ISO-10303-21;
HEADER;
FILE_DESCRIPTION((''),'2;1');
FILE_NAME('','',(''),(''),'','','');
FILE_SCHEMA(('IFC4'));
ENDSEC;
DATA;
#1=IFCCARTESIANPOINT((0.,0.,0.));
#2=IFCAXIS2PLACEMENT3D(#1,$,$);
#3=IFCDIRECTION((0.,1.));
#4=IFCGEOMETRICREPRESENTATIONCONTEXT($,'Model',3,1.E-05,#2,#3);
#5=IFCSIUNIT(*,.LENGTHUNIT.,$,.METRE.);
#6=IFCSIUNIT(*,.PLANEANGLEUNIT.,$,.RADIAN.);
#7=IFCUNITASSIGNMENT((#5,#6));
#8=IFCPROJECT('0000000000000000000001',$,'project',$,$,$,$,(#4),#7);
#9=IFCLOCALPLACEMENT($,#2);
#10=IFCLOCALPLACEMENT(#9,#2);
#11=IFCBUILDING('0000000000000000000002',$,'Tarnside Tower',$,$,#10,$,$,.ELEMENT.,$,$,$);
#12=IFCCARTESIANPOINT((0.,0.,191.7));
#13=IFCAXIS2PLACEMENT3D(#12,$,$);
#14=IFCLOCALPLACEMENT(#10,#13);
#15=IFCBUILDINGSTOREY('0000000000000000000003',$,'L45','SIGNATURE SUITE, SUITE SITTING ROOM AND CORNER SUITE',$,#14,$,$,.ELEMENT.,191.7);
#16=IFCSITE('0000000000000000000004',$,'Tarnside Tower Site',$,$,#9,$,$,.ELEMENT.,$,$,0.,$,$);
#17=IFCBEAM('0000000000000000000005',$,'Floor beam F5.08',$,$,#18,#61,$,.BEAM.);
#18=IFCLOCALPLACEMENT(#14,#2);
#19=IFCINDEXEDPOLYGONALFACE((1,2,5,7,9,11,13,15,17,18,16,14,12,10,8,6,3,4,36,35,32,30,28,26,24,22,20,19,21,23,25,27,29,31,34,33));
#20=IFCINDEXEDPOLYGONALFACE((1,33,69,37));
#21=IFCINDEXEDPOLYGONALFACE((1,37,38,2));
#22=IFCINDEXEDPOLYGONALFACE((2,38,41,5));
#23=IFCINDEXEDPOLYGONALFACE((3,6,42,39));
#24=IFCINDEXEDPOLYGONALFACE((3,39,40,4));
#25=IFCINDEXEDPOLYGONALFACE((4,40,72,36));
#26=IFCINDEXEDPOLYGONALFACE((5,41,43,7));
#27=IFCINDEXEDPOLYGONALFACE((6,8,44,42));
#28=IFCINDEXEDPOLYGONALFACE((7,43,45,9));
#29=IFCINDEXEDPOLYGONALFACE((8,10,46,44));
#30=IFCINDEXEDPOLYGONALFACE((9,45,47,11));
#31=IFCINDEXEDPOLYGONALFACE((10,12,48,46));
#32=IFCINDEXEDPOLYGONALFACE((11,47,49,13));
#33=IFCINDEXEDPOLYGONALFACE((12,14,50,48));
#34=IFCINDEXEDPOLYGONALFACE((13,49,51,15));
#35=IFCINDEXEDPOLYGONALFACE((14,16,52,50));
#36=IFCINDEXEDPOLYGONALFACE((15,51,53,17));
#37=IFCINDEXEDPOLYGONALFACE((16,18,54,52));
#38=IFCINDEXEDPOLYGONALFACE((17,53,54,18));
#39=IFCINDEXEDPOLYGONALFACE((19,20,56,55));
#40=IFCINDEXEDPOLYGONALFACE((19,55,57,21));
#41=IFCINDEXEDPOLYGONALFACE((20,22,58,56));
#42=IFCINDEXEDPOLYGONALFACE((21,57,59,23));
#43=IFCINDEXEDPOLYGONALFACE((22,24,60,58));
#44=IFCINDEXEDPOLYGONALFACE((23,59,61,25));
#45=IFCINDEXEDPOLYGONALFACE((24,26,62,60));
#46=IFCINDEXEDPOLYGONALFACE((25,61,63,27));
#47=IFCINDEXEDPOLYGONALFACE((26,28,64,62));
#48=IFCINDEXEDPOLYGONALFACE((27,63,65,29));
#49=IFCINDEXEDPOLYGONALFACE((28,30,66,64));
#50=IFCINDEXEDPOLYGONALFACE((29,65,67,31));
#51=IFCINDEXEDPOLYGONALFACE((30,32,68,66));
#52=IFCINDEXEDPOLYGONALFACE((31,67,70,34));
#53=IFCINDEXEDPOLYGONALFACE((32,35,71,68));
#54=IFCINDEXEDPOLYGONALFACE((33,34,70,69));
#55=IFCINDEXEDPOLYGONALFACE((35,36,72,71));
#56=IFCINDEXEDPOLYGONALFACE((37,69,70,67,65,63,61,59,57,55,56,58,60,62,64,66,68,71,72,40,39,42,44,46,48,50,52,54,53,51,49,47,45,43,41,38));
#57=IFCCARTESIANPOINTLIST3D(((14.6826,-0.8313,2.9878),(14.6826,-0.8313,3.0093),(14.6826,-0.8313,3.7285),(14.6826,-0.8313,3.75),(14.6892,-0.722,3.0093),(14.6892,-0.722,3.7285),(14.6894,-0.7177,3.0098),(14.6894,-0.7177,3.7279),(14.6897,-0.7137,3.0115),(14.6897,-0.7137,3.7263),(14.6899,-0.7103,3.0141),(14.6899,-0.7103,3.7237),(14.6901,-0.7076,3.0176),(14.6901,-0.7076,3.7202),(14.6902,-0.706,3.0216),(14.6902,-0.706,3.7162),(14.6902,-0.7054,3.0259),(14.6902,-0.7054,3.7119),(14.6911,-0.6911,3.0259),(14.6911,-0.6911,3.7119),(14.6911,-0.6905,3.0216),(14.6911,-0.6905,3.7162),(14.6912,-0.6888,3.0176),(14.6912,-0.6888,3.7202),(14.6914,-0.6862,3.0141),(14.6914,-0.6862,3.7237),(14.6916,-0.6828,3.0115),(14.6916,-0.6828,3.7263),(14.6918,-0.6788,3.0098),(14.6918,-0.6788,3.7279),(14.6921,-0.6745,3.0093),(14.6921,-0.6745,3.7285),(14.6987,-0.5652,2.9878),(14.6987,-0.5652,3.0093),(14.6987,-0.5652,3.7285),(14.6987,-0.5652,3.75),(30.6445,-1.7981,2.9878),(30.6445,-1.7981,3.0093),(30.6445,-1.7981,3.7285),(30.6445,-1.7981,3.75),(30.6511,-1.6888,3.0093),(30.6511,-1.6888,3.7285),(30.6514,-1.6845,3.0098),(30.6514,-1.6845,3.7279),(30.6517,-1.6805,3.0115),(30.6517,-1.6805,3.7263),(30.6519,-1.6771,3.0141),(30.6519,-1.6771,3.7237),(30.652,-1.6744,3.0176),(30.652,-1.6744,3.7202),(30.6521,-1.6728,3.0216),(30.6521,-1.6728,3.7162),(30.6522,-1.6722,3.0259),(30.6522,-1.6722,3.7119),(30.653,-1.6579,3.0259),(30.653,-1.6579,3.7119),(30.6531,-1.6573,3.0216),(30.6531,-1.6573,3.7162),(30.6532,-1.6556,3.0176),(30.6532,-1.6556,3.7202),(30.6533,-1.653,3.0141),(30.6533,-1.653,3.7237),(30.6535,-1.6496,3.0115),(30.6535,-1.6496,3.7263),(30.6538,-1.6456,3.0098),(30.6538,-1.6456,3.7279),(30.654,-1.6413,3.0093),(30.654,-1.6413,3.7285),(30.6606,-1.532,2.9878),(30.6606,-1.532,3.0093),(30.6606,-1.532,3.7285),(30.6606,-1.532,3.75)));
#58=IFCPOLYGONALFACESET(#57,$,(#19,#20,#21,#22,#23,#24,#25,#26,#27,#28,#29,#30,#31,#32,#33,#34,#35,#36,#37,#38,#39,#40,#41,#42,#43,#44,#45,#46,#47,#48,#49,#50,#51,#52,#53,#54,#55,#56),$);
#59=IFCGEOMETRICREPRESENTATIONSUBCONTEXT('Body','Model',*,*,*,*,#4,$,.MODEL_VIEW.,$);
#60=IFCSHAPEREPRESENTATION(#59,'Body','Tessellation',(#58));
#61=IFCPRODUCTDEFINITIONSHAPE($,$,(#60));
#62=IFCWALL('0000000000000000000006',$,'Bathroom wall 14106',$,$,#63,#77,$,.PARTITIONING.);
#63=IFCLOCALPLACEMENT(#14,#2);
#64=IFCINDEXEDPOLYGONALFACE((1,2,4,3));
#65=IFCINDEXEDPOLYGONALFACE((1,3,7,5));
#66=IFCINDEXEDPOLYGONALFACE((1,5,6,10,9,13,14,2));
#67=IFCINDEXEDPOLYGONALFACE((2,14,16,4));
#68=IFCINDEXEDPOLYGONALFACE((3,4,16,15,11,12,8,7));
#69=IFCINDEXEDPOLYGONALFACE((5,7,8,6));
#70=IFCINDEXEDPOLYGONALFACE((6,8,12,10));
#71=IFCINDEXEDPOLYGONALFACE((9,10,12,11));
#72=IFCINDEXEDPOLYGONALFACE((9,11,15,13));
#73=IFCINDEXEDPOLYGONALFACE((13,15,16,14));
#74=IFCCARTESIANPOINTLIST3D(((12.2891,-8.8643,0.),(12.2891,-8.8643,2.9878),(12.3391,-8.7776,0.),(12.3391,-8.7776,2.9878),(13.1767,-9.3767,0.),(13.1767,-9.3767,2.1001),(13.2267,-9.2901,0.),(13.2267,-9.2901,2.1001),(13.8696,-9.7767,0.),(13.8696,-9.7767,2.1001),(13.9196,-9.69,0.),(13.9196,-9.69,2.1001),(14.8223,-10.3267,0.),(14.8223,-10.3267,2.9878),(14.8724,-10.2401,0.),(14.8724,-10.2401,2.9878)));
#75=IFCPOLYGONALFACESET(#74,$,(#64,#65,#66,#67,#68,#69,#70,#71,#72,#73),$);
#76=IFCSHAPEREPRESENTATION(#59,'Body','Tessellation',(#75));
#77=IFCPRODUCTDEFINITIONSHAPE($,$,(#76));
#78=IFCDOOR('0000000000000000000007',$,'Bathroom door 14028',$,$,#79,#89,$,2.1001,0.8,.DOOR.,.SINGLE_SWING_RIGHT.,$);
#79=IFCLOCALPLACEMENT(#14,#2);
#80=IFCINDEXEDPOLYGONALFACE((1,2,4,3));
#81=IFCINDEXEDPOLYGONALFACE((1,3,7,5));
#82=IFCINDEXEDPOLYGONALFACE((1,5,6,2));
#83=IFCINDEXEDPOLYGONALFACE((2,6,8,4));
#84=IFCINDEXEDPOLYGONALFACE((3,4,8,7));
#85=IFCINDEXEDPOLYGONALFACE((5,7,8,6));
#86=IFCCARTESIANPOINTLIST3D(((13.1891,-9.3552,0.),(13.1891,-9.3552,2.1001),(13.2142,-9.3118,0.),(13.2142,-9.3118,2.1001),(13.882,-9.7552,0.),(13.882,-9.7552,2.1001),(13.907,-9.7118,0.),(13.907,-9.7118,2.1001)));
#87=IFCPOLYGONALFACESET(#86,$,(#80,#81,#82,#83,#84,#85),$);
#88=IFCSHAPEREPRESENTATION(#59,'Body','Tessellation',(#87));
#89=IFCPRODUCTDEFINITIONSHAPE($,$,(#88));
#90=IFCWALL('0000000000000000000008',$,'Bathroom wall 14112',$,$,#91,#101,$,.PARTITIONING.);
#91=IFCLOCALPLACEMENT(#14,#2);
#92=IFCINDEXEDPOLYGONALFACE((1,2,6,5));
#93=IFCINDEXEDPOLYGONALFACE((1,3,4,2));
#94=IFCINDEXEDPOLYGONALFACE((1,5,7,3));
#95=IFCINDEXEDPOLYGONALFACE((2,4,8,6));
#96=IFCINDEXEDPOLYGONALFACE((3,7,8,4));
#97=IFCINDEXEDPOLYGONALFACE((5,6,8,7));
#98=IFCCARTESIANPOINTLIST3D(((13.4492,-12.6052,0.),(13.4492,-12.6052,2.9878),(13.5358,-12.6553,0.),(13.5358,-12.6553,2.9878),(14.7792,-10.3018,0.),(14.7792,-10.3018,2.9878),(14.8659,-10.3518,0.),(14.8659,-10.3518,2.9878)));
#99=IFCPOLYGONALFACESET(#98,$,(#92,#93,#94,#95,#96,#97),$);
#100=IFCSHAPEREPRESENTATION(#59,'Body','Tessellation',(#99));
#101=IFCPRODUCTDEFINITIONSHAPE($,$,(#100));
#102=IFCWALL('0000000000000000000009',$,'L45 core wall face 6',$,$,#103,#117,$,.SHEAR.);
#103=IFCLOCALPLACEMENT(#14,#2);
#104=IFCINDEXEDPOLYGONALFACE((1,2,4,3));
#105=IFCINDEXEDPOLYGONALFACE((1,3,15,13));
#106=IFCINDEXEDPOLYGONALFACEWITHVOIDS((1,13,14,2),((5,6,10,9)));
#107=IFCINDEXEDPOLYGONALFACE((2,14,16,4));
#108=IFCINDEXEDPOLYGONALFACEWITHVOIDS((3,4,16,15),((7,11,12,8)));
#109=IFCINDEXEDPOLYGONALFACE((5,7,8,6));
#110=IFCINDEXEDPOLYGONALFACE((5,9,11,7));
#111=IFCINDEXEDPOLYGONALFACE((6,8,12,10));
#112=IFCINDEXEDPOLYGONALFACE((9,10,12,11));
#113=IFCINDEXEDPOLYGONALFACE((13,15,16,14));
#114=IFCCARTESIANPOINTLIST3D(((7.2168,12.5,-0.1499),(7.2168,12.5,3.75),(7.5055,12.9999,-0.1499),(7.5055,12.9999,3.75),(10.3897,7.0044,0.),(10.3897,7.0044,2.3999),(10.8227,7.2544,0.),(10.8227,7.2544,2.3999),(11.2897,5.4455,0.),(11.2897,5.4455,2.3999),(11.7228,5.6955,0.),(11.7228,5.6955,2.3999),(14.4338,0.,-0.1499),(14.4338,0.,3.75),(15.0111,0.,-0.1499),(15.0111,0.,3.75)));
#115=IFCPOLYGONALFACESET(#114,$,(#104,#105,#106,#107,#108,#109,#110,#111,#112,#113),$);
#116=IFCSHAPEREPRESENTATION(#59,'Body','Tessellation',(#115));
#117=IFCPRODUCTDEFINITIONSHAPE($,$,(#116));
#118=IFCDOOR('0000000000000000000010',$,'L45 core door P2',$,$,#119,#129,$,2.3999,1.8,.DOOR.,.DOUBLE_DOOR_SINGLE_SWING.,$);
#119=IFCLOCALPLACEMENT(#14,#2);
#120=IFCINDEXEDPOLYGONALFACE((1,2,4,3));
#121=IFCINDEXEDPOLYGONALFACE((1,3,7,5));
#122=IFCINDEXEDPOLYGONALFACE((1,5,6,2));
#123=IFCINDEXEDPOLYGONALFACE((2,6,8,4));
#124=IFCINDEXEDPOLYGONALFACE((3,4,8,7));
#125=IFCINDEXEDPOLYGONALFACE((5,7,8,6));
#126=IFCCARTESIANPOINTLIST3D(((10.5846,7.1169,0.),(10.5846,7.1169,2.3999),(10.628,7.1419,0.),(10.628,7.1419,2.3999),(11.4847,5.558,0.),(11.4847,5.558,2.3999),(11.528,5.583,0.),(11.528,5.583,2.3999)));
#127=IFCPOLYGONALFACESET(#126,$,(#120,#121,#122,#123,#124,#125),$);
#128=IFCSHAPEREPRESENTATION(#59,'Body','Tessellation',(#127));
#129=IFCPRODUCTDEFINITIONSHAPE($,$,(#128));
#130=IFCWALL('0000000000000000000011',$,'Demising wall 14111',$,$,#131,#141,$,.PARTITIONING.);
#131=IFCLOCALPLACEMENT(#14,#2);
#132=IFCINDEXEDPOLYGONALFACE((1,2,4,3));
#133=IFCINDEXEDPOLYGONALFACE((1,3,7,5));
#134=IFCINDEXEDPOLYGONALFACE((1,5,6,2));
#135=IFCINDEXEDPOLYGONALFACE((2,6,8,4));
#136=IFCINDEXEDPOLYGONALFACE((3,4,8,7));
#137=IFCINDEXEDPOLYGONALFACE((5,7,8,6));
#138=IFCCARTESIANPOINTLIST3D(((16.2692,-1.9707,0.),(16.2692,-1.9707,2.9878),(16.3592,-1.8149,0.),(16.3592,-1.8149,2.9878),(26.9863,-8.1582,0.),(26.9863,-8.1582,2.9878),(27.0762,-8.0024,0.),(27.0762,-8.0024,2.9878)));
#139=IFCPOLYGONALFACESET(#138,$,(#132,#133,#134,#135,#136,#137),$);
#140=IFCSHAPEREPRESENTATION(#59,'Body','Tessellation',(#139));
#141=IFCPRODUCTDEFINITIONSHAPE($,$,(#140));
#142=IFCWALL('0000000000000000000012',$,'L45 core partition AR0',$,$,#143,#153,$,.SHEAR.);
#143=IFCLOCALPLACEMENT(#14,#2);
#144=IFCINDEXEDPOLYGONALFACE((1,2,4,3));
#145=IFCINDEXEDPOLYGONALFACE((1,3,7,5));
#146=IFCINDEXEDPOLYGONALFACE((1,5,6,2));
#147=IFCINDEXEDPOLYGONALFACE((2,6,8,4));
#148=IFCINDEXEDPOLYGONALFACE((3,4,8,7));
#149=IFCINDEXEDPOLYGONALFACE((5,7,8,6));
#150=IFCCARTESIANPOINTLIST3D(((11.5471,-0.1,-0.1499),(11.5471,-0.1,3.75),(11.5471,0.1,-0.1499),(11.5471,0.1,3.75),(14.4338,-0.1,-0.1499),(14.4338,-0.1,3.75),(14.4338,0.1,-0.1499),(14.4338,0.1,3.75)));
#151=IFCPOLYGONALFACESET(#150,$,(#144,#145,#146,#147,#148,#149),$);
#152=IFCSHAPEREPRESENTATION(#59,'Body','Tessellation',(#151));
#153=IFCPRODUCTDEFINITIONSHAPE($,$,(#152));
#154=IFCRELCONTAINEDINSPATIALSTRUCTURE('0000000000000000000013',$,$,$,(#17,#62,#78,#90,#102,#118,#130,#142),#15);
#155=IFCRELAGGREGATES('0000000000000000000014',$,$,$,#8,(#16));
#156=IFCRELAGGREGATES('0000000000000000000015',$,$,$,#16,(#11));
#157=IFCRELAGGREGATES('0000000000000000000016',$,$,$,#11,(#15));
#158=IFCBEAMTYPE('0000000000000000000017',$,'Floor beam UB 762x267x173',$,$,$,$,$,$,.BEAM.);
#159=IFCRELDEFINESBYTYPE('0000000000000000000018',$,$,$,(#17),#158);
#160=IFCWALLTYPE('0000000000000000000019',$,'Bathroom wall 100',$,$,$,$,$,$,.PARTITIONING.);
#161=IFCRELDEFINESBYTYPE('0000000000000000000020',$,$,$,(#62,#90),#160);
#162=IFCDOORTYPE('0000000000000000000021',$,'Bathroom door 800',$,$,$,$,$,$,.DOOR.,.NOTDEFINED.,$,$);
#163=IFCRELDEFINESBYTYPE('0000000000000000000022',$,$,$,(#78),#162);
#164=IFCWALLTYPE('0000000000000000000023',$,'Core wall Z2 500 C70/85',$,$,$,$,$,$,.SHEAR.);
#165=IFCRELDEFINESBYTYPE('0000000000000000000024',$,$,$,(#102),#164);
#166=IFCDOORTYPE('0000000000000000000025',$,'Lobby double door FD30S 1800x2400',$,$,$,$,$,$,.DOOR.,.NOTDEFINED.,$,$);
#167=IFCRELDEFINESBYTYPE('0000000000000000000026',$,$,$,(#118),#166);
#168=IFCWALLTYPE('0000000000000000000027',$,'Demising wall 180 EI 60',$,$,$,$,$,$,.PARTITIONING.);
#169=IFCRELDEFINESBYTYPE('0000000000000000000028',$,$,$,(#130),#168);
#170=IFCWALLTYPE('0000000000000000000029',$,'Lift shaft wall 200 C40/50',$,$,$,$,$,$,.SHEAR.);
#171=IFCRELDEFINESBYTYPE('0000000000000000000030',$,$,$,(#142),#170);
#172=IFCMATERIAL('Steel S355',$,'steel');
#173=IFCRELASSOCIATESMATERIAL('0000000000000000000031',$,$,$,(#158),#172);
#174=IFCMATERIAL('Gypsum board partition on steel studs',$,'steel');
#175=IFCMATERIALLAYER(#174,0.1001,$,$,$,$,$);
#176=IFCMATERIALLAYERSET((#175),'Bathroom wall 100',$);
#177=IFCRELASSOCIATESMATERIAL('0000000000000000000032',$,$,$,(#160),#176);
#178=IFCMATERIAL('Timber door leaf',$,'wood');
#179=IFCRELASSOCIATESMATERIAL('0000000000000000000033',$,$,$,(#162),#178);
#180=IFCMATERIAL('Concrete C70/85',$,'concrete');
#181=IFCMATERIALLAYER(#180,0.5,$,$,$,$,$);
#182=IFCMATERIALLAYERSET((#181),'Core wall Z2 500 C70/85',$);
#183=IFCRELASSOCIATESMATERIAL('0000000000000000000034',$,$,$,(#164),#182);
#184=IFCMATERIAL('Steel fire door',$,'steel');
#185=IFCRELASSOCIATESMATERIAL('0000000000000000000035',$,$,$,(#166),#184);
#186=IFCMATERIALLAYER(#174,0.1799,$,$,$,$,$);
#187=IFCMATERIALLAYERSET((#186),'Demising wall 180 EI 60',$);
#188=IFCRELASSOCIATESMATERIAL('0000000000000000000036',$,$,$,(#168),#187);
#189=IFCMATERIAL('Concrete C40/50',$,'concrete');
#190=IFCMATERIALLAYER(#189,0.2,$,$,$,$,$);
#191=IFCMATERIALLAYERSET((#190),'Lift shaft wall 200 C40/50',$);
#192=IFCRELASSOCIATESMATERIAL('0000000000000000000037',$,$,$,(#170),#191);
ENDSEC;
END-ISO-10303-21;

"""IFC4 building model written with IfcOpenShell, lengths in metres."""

from ifc_helpers import new_model, si_unit, direction, frame, frame_2d, origin, origin_2d, place, context, subcontext, project, spatial, polyline, rectangle, i_section, outline, extrude, material, layer, layer_set, material_profile, profile_set, type_object, element, fill, save


model = new_model("IFC4")

# Units and contexts
model_context = context("Model", 3, precision=1e-05, world=origin(), true_north=direction((0.0, 1.0)))
body_context = subcontext(model_context, "Body", "Model", "MODEL_VIEW")
ifc_project = project(units=[si_unit("LENGTHUNIT", "METRE"), si_unit("PLANEANGLEUNIT", "RADIAN")], contexts=[model_context])

# Site, building, storey
site_placement = place(None, origin())
site = spatial("IfcSite", under=ifc_project, at=site_placement, Name="Tarnside Tower Site", CompositionType="ELEMENT", RefElevation=0.0)
building_placement = place(site_placement, origin())
building = spatial("IfcBuilding", under=site, at=building_placement, Name="Tarnside Tower", CompositionType="ELEMENT")
storey_placement = place(building_placement, frame((0.0, 0.0, 191.7)))
storey = spatial("IfcBuildingStorey", under=building, at=storey_placement, Name="L45", Description="SIGNATURE SUITE, SUITE SITTING ROOM AND CORNER SUITE", CompositionType="ELEMENT", Elevation=191.7)

# Beam
ifc_material_1 = material(Name="Steel S355", Category="steel")
ifc_material_profile_1 = material_profile(ifc_material_1, i_section(OverallWidth=0.2666, OverallDepth=0.7622, WebThickness=0.0144, FlangeThickness=0.0215, FilletRadius=0.0166, at=origin_2d()), Name="UB 762x267x173")
ifc_profile_set_1 = profile_set([ifc_material_profile_1], Name="Steel S355")
beam_type_1 = type_object("IfcBeamType", Name="Floor beam UB 762x267x173", PredefinedType="BEAM", material=ifc_profile_set_1)
beam_1_placement = place(storey_placement, frame((30.6526, -1.665, 3.3689), z_axis=(-0.998171, 0.060458, 0.0), x_axis=(-0.060458, -0.998171, 0.0)))
element("IfcBeam", 1, at=beam_1_placement, inside=storey, type_object=beam_type_1, Name="Floor beam F5.08", PredefinedType="BEAM", context=body_context, shape_type="SweptSolid", body=[
    extrude(i_section(OverallWidth=0.2666, OverallDepth=0.7622, WebThickness=0.0144, FlangeThickness=0.0215, FilletRadius=0.0166, at=origin_2d()), origin(), (0.0, 0.0, 1.0), 15.9912),
])

# Wall, opening, door
ifc_material_2 = material(Name="Gypsum board partition on steel studs", Category="steel")
ifc_layer_1 = layer(ifc_material_2, 0.1001)
ifc_layer_set_1 = layer_set([ifc_layer_1], Name="Bathroom wall 100")
wall_type_1 = type_object("IfcWallType", Name="Bathroom wall 100", PredefinedType="PARTITIONING", material=ifc_layer_set_1)
wall_1_placement = place(storey_placement, frame((12.3142, -8.821, 0.0), z_axis=(0.0, 0.0, 1.0), x_axis=(0.866047, -0.499963, 0.0)))
wall_1 = element("IfcWall", 2, at=wall_1_placement, inside=storey, type_object=wall_type_1, Name="Bathroom wall 14106", PredefinedType="PARTITIONING", context=body_context, shape_type="SweptSolid", body=[
    extrude(rectangle(XDim=2.925, YDim=0.1001, at=frame_2d((1.4624, 0.0))), origin(), (0.0, 0.0, 1.0), 2.9878),
])
opening_1_placement = place(wall_1_placement, frame((1.0249, 0.0, 0.0)))
opening_1 = element("IfcOpeningElement", 3, at=opening_1_placement, cuts=wall_1, PredefinedType="OPENING", context=body_context, shape_type="SweptSolid", body=[
    extrude(rectangle(XDim=0.8, YDim=2.1001, at=frame_2d((0.3999, 1.05))), frame((0.0, 0.0601, 0.0), z_axis=(0.0, -1.0, 0.0), x_axis=(1.0, 0.0, 0.0)), (0.0, 0.0, 1.0), 0.1201),
])
ifc_material_3 = material(Name="Timber door leaf", Category="wood")
door_type_1 = type_object("IfcDoorType", Name="Bathroom door 800", OperationType="NOTDEFINED", PredefinedType="DOOR", material=ifc_material_3)
door_1_placement = place(opening_1_placement, origin())
door_1 = element("IfcDoor", 4, at=door_1_placement, inside=storey, type_object=door_type_1, Name="Bathroom door 14028", OperationType="SINGLE_SWING_RIGHT", OverallHeight=2.1001, OverallWidth=0.8, PredefinedType="DOOR", context=body_context, shape_type="SweptSolid", body=[
    extrude(rectangle(XDim=0.8, YDim=2.1001, at=frame_2d((0.3999, 1.05))), frame((0.0, 0.0249, 0.0), z_axis=(0.0, -1.0, 0.0), x_axis=(1.0, 0.0, 0.0)), (0.0, 0.0, 1.0), 0.05),
])
fill(opening_1, door_1)

# Wall
wall_2_placement = place(storey_placement, frame((13.4924, -12.6304, 0.0), z_axis=(0.0, 0.0, 1.0), x_axis=(0.500048, 0.865998, 0.0)))
element("IfcWall", 5, at=wall_2_placement, inside=storey, type_object=wall_type_1, Name="Bathroom wall 14112", PredefinedType="PARTITIONING", context=body_context, shape_type="SweptSolid", body=[
    extrude(rectangle(XDim=2.6599, YDim=0.1001, at=frame_2d((1.3301, 0.0))), origin(), (0.0, 0.0, 1.0), 2.9878),
])

# Wall, opening, door
ifc_material_4 = material(Name="Concrete C70/85", Category="concrete")
ifc_layer_2 = layer(ifc_material_4, 0.5)
ifc_layer_set_2 = layer_set([ifc_layer_2], Name="Core wall Z2 500 C70/85")
wall_type_2 = type_object("IfcWallType", Name="Core wall Z2 500 C70/85", PredefinedType="SHEAR", material=ifc_layer_set_2)
wall_3_placement = place(storey_placement, frame((14.7224, 0.0, -0.1499), z_axis=(0.0, 0.0, 1.0), x_axis=(-0.500006, 0.866022, 0.0)))
wall_3 = element("IfcWall", 6, at=wall_3_placement, inside=storey, type_object=wall_type_2, Name="L45 core wall face 6", PredefinedType="SHEAR", context=body_context, shape_type="SweptSolid", body=[
    extrude(outline(polyline([(-0.1443, -0.25), (14.8667, -0.25), (14.5781, 0.25), (0.1443, 0.25), (-0.1443, -0.25)])), origin(), (0.0, 0.0, 1.0), 3.8999),
])
opening_2_placement = place(wall_3_placement, frame((6.4324, 0.0, 0.1499)))
opening_2 = element("IfcOpeningElement", 7, at=opening_2_placement, cuts=wall_3, PredefinedType="OPENING", context=body_context, shape_type="SweptSolid", body=[
    extrude(rectangle(XDim=1.8, YDim=2.3999, at=frame_2d((0.8999, 1.2))), frame((0.0, 0.26, 0.0), z_axis=(0.0, -1.0, 0.0), x_axis=(1.0, 0.0, 0.0)), (0.0, 0.0, 1.0), 0.52),
])
ifc_material_5 = material(Name="Steel fire door", Category="steel")
door_type_2 = type_object("IfcDoorType", Name="Lobby double door FD30S 1800x2400", OperationType="NOTDEFINED", PredefinedType="DOOR", material=ifc_material_5)
door_2_placement = place(opening_2_placement, origin())
door_2 = element("IfcDoor", 8, at=door_2_placement, inside=storey, type_object=door_type_2, Name="L45 core door P2", OperationType="DOUBLE_DOOR_SINGLE_SWING", OverallHeight=2.3999, OverallWidth=1.8, PredefinedType="DOOR", context=body_context, shape_type="SweptSolid", body=[
    extrude(rectangle(XDim=1.8, YDim=2.3999, at=frame_2d((0.8999, 1.2))), frame((0.0, 0.0249, 0.0), z_axis=(0.0, -1.0, 0.0), x_axis=(1.0, 0.0, 0.0)), (0.0, 0.0, 1.0), 0.05),
])
fill(opening_2, door_2)

# Walls
ifc_layer_3 = layer(ifc_material_2, 0.1799)
ifc_layer_set_3 = layer_set([ifc_layer_3], Name="Demising wall 180 EI 60")
wall_type_3 = type_object("IfcWallType", Name="Demising wall 180 EI 60", PredefinedType="PARTITIONING", material=ifc_layer_set_3)
wall_4_placement = place(storey_placement, frame((27.0312, -8.0803, 0.0), z_axis=(0.0, 0.0, 1.0), x_axis=(-0.866025, 0.500001, 0.0)))
element("IfcWall", 9, at=wall_4_placement, inside=storey, type_object=wall_type_3, Name="Demising wall 14111", PredefinedType="PARTITIONING", context=body_context, shape_type="SweptSolid", body=[
    extrude(rectangle(XDim=12.375, YDim=0.1799, at=frame_2d((6.1875, 0.0))), origin(), (0.0, 0.0, 1.0), 2.9878),
])
ifc_material_6 = material(Name="Concrete C40/50", Category="concrete")
ifc_layer_4 = layer(ifc_material_6, 0.2)
ifc_layer_set_4 = layer_set([ifc_layer_4], Name="Lift shaft wall 200 C40/50")
wall_type_4 = type_object("IfcWallType", Name="Lift shaft wall 200 C40/50", PredefinedType="SHEAR", material=ifc_layer_set_4)
wall_5_placement = place(storey_placement, frame((11.5471, 0.0, -0.1499), z_axis=(0.0, 0.0, 1.0), x_axis=(1.0, 0.0, 0.0)))
element("IfcWall", 10, at=wall_5_placement, inside=storey, type_object=wall_type_4, Name="L45 core partition AR0", PredefinedType="SHEAR", context=body_context, shape_type="SweptSolid", body=[
    extrude(rectangle(XDim=2.8867, YDim=0.2, at=frame_2d((1.4434, 0.0))), origin(), (0.0, 0.0, 1.0), 3.8999),
])

save(model, "model.ifc")
